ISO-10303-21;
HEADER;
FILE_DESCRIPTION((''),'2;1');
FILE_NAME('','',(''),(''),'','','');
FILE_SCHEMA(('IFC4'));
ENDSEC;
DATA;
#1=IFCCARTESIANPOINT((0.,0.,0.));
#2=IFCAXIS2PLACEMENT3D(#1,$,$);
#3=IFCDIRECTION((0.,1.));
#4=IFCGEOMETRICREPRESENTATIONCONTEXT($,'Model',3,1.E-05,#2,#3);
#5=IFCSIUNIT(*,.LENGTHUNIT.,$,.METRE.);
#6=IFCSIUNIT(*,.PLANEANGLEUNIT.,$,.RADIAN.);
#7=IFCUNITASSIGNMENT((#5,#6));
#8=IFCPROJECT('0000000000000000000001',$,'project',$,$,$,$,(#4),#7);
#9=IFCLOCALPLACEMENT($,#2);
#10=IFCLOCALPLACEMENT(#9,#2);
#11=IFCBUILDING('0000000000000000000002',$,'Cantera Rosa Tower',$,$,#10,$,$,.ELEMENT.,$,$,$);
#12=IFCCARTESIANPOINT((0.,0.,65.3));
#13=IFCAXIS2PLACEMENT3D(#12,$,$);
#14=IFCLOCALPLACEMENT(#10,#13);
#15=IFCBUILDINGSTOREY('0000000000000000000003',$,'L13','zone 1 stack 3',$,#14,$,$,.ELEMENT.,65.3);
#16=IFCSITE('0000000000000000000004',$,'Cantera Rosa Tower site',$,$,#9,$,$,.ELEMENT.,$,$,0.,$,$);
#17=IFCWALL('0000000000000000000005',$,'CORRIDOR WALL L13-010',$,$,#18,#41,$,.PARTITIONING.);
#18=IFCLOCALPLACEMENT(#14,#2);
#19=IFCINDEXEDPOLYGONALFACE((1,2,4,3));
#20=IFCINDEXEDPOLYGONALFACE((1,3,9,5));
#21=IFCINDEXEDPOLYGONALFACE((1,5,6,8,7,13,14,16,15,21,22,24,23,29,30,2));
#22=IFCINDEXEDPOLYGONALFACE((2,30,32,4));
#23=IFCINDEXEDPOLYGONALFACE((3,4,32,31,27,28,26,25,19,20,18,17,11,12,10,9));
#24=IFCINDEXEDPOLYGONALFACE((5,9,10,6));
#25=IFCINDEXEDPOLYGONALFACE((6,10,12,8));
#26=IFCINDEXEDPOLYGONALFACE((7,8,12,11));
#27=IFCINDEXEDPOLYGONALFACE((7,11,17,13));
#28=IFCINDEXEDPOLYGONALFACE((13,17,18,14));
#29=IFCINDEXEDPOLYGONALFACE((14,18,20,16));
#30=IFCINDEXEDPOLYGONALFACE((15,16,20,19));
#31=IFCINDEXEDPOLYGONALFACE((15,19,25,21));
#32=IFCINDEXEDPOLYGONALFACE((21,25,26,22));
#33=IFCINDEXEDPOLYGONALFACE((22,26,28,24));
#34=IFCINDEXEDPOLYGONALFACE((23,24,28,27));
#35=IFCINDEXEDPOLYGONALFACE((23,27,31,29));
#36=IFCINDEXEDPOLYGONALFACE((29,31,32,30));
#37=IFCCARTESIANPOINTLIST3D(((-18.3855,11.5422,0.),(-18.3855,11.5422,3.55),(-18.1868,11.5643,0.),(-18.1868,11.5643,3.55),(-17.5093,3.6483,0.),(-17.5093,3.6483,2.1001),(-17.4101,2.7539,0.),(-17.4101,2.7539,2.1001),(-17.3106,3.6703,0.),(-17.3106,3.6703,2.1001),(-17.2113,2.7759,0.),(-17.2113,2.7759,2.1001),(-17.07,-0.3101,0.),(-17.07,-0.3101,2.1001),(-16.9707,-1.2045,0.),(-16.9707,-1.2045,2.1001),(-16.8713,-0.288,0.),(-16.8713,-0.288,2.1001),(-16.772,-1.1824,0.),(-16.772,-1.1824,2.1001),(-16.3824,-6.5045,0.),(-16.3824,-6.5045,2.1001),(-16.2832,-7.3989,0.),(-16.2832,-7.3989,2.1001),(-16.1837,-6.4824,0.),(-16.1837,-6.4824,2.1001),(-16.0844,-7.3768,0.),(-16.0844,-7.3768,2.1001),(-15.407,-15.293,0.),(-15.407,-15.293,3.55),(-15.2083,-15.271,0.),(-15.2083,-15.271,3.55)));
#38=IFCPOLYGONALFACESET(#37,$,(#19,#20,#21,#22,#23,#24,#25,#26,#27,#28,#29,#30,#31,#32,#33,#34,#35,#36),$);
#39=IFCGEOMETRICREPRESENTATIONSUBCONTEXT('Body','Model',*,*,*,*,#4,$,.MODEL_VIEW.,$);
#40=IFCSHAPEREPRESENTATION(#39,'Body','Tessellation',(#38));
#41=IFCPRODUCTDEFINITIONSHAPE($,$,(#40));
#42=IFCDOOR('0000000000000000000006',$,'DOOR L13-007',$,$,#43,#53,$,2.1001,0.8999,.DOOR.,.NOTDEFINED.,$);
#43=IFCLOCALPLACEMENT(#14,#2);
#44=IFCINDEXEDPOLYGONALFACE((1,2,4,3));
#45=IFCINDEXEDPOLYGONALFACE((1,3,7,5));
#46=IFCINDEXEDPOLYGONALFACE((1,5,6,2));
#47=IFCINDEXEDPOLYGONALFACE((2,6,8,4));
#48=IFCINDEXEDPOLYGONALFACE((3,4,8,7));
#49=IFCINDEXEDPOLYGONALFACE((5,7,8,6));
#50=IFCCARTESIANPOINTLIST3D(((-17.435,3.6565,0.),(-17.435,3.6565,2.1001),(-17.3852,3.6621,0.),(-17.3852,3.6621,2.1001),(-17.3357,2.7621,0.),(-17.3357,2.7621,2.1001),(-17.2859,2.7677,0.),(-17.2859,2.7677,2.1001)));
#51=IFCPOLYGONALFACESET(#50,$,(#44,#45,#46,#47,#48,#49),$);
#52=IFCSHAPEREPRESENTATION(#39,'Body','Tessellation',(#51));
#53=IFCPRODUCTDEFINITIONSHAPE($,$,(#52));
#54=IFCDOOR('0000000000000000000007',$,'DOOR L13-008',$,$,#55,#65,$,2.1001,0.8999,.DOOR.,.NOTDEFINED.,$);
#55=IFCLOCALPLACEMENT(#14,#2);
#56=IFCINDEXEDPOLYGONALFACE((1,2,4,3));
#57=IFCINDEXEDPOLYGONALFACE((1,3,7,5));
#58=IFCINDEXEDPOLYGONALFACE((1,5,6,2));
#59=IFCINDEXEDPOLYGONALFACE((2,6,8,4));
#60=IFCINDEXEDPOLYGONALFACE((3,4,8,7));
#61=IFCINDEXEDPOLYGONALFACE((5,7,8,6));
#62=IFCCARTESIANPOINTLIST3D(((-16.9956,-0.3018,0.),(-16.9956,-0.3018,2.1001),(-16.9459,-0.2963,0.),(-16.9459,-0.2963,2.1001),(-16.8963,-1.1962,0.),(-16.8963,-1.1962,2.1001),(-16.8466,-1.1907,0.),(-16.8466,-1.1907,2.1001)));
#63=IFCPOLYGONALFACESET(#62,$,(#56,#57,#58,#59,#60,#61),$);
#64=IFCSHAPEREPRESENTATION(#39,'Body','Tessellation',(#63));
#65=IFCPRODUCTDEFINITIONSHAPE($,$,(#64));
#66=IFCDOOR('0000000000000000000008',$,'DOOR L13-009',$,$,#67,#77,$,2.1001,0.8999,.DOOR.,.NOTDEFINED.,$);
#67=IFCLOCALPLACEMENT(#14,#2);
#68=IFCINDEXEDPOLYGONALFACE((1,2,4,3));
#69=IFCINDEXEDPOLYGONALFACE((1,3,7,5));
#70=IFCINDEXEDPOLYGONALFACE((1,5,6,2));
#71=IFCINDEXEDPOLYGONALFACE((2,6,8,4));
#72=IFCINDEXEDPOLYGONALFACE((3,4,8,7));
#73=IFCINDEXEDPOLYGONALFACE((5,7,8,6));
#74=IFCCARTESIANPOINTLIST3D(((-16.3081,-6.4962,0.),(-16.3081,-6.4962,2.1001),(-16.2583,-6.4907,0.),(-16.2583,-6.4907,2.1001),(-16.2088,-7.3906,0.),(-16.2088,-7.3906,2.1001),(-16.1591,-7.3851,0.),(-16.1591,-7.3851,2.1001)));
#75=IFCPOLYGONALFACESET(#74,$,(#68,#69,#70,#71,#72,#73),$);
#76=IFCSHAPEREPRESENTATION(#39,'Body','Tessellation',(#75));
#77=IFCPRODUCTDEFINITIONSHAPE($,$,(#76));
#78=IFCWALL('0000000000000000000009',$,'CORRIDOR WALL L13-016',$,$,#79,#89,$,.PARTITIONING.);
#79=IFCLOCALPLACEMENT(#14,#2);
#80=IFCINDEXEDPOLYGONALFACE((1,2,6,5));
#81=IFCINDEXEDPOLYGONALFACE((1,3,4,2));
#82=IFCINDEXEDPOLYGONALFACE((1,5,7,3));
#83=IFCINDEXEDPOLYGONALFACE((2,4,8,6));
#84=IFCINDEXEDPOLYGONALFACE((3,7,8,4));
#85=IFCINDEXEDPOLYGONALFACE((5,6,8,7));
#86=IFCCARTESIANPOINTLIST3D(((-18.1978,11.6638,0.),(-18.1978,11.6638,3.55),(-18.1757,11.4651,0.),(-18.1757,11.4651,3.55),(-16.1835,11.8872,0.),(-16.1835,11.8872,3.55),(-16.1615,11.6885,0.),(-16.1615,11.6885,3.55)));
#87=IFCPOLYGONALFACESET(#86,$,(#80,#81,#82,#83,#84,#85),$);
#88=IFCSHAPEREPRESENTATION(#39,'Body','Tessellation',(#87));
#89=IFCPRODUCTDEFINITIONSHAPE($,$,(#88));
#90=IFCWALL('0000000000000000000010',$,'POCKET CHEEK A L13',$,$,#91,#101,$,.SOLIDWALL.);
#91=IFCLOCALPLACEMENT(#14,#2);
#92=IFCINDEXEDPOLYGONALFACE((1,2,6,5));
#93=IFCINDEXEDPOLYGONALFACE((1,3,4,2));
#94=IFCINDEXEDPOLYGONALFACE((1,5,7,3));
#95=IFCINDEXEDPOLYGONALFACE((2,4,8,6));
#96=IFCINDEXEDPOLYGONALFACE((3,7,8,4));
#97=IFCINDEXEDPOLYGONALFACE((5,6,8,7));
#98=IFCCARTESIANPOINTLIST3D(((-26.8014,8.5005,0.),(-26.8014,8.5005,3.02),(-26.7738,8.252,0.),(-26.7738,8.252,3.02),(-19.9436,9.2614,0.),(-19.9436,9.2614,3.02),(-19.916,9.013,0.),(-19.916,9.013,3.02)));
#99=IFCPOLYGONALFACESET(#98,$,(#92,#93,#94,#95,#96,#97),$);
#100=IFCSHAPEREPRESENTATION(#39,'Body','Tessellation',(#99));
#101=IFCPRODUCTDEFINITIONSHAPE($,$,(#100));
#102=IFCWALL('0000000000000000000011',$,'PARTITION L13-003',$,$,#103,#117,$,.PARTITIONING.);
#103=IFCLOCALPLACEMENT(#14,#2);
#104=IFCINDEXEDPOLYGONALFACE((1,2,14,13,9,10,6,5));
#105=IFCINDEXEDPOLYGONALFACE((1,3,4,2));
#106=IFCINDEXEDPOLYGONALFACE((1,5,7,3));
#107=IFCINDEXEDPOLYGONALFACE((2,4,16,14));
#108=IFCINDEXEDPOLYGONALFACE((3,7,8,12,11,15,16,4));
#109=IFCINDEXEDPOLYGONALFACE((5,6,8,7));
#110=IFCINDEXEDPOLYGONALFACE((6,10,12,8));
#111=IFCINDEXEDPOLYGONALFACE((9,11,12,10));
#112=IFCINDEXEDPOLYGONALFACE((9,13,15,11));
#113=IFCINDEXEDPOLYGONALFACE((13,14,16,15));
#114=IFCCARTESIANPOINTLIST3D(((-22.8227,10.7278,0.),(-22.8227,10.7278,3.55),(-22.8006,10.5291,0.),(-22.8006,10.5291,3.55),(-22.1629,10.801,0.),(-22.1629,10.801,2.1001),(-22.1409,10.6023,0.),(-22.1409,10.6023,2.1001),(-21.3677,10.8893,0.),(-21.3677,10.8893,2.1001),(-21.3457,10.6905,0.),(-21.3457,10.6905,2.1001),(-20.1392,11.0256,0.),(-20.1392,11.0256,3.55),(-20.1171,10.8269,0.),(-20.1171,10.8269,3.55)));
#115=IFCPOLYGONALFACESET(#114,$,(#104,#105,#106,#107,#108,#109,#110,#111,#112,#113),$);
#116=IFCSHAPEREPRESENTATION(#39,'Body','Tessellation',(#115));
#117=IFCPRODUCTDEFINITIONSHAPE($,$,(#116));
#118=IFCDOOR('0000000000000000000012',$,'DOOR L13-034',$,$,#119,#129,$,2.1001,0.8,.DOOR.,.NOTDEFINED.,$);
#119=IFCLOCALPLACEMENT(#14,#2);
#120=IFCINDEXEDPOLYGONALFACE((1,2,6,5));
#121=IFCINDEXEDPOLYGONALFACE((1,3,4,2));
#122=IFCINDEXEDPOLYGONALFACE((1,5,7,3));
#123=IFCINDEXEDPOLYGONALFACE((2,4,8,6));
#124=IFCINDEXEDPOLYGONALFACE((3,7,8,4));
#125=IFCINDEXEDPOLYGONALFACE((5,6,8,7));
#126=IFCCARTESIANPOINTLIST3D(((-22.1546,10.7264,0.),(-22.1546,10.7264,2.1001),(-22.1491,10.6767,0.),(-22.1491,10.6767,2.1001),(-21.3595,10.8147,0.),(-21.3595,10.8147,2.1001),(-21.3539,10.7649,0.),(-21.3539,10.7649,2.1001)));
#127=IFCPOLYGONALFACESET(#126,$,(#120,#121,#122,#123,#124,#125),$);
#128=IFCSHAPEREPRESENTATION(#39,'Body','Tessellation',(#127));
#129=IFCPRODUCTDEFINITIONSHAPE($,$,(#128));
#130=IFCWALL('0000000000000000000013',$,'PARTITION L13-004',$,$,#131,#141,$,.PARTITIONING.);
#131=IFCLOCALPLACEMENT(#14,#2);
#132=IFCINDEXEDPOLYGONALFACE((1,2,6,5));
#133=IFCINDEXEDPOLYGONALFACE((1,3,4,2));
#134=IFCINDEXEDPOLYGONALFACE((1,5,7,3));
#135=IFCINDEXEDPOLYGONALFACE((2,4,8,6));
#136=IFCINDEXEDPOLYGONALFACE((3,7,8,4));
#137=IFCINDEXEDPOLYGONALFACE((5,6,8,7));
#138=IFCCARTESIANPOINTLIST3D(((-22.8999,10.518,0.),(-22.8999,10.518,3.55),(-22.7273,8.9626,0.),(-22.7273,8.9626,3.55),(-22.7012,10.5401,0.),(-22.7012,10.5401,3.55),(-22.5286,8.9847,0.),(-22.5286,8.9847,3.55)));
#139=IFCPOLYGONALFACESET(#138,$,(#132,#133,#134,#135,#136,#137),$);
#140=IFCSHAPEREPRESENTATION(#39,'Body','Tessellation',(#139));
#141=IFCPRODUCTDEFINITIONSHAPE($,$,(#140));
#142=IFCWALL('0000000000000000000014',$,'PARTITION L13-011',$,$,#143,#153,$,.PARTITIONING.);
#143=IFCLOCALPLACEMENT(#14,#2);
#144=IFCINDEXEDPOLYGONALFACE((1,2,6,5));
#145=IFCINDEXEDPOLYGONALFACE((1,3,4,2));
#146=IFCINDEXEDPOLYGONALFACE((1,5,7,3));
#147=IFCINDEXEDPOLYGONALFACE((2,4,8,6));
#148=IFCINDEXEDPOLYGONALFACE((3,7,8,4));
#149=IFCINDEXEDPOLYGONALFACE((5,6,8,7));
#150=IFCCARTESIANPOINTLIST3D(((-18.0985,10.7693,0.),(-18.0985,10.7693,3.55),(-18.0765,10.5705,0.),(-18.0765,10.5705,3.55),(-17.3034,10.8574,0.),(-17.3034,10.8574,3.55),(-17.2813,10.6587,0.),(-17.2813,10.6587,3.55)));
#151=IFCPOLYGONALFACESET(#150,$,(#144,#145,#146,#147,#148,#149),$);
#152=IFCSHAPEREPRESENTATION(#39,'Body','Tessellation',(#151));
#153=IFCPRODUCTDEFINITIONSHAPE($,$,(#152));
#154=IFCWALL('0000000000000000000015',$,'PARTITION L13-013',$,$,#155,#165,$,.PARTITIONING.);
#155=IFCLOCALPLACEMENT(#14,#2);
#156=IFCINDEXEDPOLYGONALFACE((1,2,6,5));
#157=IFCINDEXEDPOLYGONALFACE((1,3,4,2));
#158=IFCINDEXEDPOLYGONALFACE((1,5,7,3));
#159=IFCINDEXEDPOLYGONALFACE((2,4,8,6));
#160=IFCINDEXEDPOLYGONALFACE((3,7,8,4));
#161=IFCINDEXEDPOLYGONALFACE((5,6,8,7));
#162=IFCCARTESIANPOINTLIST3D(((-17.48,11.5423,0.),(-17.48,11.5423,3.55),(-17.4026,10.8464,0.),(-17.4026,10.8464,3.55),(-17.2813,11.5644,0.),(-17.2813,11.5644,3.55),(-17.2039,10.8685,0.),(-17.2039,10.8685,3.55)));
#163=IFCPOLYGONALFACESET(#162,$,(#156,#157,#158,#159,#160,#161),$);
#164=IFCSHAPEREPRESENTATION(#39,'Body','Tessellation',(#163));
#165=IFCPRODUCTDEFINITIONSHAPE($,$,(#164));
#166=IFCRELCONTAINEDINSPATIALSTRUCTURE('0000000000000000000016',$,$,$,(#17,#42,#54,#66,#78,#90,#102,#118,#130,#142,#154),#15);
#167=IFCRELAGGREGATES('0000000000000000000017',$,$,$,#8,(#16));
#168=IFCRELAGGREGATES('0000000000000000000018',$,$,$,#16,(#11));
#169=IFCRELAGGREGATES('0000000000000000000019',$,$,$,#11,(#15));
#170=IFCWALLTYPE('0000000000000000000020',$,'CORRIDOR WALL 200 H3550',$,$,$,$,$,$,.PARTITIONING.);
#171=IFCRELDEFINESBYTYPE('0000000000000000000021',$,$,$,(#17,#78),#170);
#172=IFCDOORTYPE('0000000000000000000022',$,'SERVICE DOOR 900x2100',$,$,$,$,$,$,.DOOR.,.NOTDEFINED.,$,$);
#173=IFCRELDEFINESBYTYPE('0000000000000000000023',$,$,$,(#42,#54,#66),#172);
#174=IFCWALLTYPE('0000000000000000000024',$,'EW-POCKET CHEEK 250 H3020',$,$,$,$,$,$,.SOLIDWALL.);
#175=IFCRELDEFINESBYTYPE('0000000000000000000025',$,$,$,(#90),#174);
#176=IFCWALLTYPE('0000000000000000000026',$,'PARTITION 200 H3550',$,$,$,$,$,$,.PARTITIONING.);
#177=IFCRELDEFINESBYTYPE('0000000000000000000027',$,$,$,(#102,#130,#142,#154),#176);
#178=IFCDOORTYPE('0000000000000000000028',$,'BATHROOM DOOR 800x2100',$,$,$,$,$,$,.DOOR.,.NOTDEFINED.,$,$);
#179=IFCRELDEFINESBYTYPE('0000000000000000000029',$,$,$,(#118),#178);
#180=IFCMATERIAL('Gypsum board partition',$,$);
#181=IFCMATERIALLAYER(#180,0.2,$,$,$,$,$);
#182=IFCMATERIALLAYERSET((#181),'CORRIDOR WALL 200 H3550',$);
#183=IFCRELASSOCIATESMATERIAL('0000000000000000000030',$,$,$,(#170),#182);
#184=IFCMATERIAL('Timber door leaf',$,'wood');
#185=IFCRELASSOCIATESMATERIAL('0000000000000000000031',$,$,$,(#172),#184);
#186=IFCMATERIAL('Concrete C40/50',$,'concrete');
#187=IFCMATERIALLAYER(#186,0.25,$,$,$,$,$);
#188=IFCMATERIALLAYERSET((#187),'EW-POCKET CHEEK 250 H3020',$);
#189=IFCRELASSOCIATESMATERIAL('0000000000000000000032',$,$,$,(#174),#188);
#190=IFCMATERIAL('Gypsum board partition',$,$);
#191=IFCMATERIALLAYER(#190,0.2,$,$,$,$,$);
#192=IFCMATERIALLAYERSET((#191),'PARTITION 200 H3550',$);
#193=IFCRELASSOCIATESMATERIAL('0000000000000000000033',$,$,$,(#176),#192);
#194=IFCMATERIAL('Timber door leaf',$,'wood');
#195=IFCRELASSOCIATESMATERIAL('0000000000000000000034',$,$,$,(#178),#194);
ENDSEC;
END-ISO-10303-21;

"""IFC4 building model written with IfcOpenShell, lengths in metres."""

from ifc_helpers import new_model, si_unit, direction, frame, frame_2d, origin, place, context, subcontext, project, spatial, rectangle, extrude, material, layer, layer_set, type_object, element, fill, save


model = new_model("IFC4")

# Units and contexts
model_context = context("Model", 3, precision=1e-05, world=origin(), true_north=direction((0.0, 1.0)))
body_context = subcontext(model_context, "Body", "Model", "MODEL_VIEW")
ifc_project = project(units=[si_unit("LENGTHUNIT", "METRE"), si_unit("PLANEANGLEUNIT", "RADIAN")], contexts=[model_context])

# Site, building, storey
site_placement = place(None, origin())
site = spatial("IfcSite", under=ifc_project, at=site_placement, Name="Cantera Rosa Tower site", CompositionType="ELEMENT", RefElevation=0.0)
building_placement = place(site_placement, origin())
building = spatial("IfcBuilding", under=site, at=building_placement, Name="Cantera Rosa Tower", CompositionType="ELEMENT")
storey_placement = place(building_placement, frame((0.0, 0.0, 65.3)))
storey = spatial("IfcBuildingStorey", under=building, at=storey_placement, Name="L13", Description="zone 1 stack 3", CompositionType="ELEMENT", Elevation=65.3)

# Wall, openings, doors
ifc_material_1 = material(Name="Gypsum board partition")
ifc_layer_1 = layer(ifc_material_1, 0.2)
ifc_layer_set_1 = layer_set([ifc_layer_1], Name="CORRIDOR WALL 200 H3550")
wall_type_1 = type_object("IfcWallType", Name="CORRIDOR WALL 200 H3550", PredefinedType="PARTITIONING", material=ifc_layer_set_1)
wall_1_placement = place(storey_placement, frame((-18.2861, 11.5532, 0.0), z_axis=(0.0, 0.0, 1.0), x_axis=(0.110315, -0.993897, 0.0)))
wall_1 = element("IfcWall", 1, at=wall_1_placement, inside=storey, type_object=wall_type_1, Name="CORRIDOR WALL L13-010", PredefinedType="PARTITIONING", context=body_context, shape_type="SweptSolid", body=[
    extrude(rectangle(XDim=27.0, YDim=0.2, at=frame_2d((13.5, 0.0))), origin(), (0.0, 0.0, 1.0), 3.55),
])
opening_1_placement = place(wall_1_placement, frame((7.9424, 0.0, 0.0)))
opening_1 = element("IfcOpeningElement", 2, at=opening_1_placement, cuts=wall_1, PredefinedType="OPENING", context=body_context, shape_type="SweptSolid", body=[
    extrude(rectangle(XDim=0.8999, YDim=2.1001, at=frame_2d((0.45, 1.05))), frame((0.0, 0.1099, 0.0), z_axis=(0.0, -1.0, 0.0), x_axis=(1.0, 0.0, 0.0)), (0.0, 0.0, 1.0), 0.22),
])
opening_2_placement = place(wall_1_placement, frame((11.925, 0.0, 0.0)))
opening_2 = element("IfcOpeningElement", 3, at=opening_2_placement, cuts=wall_1, PredefinedType="OPENING", context=body_context, shape_type="SweptSolid", body=[
    extrude(rectangle(XDim=0.8999, YDim=2.1001, at=frame_2d((0.45, 1.05))), frame((0.0, 0.1099, 0.0), z_axis=(0.0, -1.0, 0.0), x_axis=(1.0, 0.0, 0.0)), (0.0, 0.0, 1.0), 0.22),
])
opening_3_placement = place(wall_1_placement, frame((18.1575, 0.0, 0.0)))
opening_3 = element("IfcOpeningElement", 4, at=opening_3_placement, cuts=wall_1, PredefinedType="OPENING", context=body_context, shape_type="SweptSolid", body=[
    extrude(rectangle(XDim=0.8999, YDim=2.1001, at=frame_2d((0.45, 1.05))), frame((0.0, 0.1099, 0.0), z_axis=(0.0, -1.0, 0.0), x_axis=(1.0, 0.0, 0.0)), (0.0, 0.0, 1.0), 0.22),
])
ifc_material_2 = material(Name="Timber door leaf", Category="wood")
door_type_1 = type_object("IfcDoorType", Name="SERVICE DOOR 900x2100", OperationType="NOTDEFINED", PredefinedType="DOOR", material=ifc_material_2)
door_1_placement = place(opening_1_placement, origin())
door_1 = element("IfcDoor", 5, at=door_1_placement, inside=storey, type_object=door_type_1, Name="DOOR L13-007", OperationType="NOTDEFINED", OverallHeight=2.1001, OverallWidth=0.8999, PredefinedType="DOOR", context=body_context, shape_type="SweptSolid", body=[
    extrude(rectangle(XDim=0.8999, YDim=2.1001, at=frame_2d((0.45, 1.05))), frame((0.0, 0.0249, 0.0), z_axis=(0.0, -1.0, 0.0), x_axis=(1.0, 0.0, 0.0)), (0.0, 0.0, 1.0), 0.05),
])
fill(opening_1, door_1)
door_2_placement = place(opening_2_placement, origin())
door_2 = element("IfcDoor", 6, at=door_2_placement, inside=storey, type_object=door_type_1, Name="DOOR L13-008", OperationType="NOTDEFINED", OverallHeight=2.1001, OverallWidth=0.8999, PredefinedType="DOOR", context=body_context, shape_type="SweptSolid", body=[
    extrude(rectangle(XDim=0.8999, YDim=2.1001, at=frame_2d((0.45, 1.05))), frame((0.0, 0.0249, 0.0), z_axis=(0.0, -1.0, 0.0), x_axis=(1.0, 0.0, 0.0)), (0.0, 0.0, 1.0), 0.05),
])
fill(opening_2, door_2)
door_3_placement = place(opening_3_placement, origin())
door_3 = element("IfcDoor", 7, at=door_3_placement, inside=storey, type_object=door_type_1, Name="DOOR L13-009", OperationType="NOTDEFINED", OverallHeight=2.1001, OverallWidth=0.8999, PredefinedType="DOOR", context=body_context, shape_type="SweptSolid", body=[
    extrude(rectangle(XDim=0.8999, YDim=2.1001, at=frame_2d((0.45, 1.05))), frame((0.0, 0.0249, 0.0), z_axis=(0.0, -1.0, 0.0), x_axis=(1.0, 0.0, 0.0)), (0.0, 0.0, 1.0), 0.05),
])
fill(opening_3, door_3)

# Walls
wall_2_placement = place(storey_placement, frame((-16.1726, 11.7878, 0.0), z_axis=(0.0, 0.0, 1.0), x_axis=(-0.993906, -0.110233, 0.0)))
element("IfcWall", 8, at=wall_2_placement, inside=storey, type_object=wall_type_1, Name="CORRIDOR WALL L13-016", PredefinedType="PARTITIONING", context=body_context, shape_type="SweptSolid", body=[
    extrude(rectangle(XDim=2.0266, YDim=0.2, at=frame_2d((1.0132, 0.0))), origin(), (0.0, 0.0, 1.0), 3.55),
])
ifc_material_3 = material(Name="Concrete C40/50", Category="concrete")
ifc_layer_2 = layer(ifc_material_3, 0.25)
ifc_layer_set_2 = layer_set([ifc_layer_2], Name="EW-POCKET CHEEK 250 H3020")
wall_type_2 = type_object("IfcWallType", Name="EW-POCKET CHEEK 250 H3020", PredefinedType="SOLIDWALL", material=ifc_layer_set_2)
wall_3_placement = place(storey_placement, frame((-26.7876, 8.3762, 0.0), z_axis=(0.0, 0.0, 1.0), x_axis=(0.9939, 0.110288, 0.0)))
element("IfcWall", 9, at=wall_3_placement, inside=storey, type_object=wall_type_2, Name="POCKET CHEEK A L13", PredefinedType="SOLIDWALL", context=body_context, shape_type="SweptSolid", body=[
    extrude(rectangle(XDim=6.8999, YDim=0.25, at=frame_2d((3.45, 0.0))), origin(), (0.0, 0.0, 1.0), 3.02),
])

# Wall, opening, door
ifc_material_4 = material(Name="Gypsum board partition")
ifc_layer_3 = layer(ifc_material_4, 0.2)
ifc_layer_set_3 = layer_set([ifc_layer_3], Name="PARTITION 200 H3550")
wall_type_3 = type_object("IfcWallType", Name="PARTITION 200 H3550", PredefinedType="PARTITIONING", material=ifc_layer_set_3)
wall_4_placement = place(storey_placement, frame((-22.8118, 10.6284, 0.0), z_axis=(0.0, 0.0, 1.0), x_axis=(0.993897, 0.110312, 0.0)))
wall_4 = element("IfcWall", 10, at=wall_4_placement, inside=storey, type_object=wall_type_3, Name="PARTITION L13-003", PredefinedType="PARTITIONING", context=body_context, shape_type="SweptSolid", body=[
    extrude(rectangle(XDim=2.7, YDim=0.2, at=frame_2d((1.3501, 0.0))), origin(), (0.0, 0.0, 1.0), 3.55),
])
opening_4_placement = place(wall_4_placement, frame((0.6641, 0.0, 0.0)))
opening_4 = element("IfcOpeningElement", 11, at=opening_4_placement, cuts=wall_4, PredefinedType="OPENING", context=body_context, shape_type="SweptSolid", body=[
    extrude(rectangle(XDim=0.8, YDim=2.1001, at=frame_2d((0.3999, 1.05))), frame((0.0, 0.1099, 0.0), z_axis=(0.0, -1.0, 0.0), x_axis=(1.0, 0.0, 0.0)), (0.0, 0.0, 1.0), 0.22),
])
ifc_material_5 = material(Name="Timber door leaf", Category="wood")
door_type_2 = type_object("IfcDoorType", Name="BATHROOM DOOR 800x2100", OperationType="NOTDEFINED", PredefinedType="DOOR", material=ifc_material_5)
door_4_placement = place(opening_4_placement, origin())
door_4 = element("IfcDoor", 12, at=door_4_placement, inside=storey, type_object=door_type_2, Name="DOOR L13-034", OperationType="NOTDEFINED", OverallHeight=2.1001, OverallWidth=0.8, PredefinedType="DOOR", context=body_context, shape_type="SweptSolid", body=[
    extrude(rectangle(XDim=0.8, YDim=2.1001, at=frame_2d((0.3999, 1.05))), frame((0.0, 0.0249, 0.0), z_axis=(0.0, -1.0, 0.0), x_axis=(1.0, 0.0, 0.0)), (0.0, 0.0, 1.0), 0.05),
])
fill(opening_4, door_4)

# Walls
wall_5_placement = place(storey_placement, frame((-22.6279, 8.9736, 0.0), z_axis=(0.0, 0.0, 1.0), x_axis=(-0.110295, 0.993899, 0.0)))
element("IfcWall", 13, at=wall_5_placement, inside=storey, type_object=wall_type_3, Name="PARTITION L13-004", PredefinedType="PARTITIONING", context=body_context, shape_type="SweptSolid", body=[
    extrude(rectangle(XDim=1.5649, YDim=0.2, at=frame_2d((0.7825, 0.0))), origin(), (0.0, 0.0, 1.0), 3.55),
])
wall_6_placement = place(storey_placement, frame((-18.0874, 10.6699, 0.0), z_axis=(0.0, 0.0, 1.0), x_axis=(0.993913, 0.110164, 0.0)))
element("IfcWall", 14, at=wall_6_placement, inside=storey, type_object=wall_type_3, Name="PARTITION L13-011", PredefinedType="PARTITIONING", context=body_context, shape_type="SweptSolid", body=[
    extrude(rectangle(XDim=0.8, YDim=0.2, at=frame_2d((0.3999, 0.0))), origin(), (0.0, 0.0, 1.0), 3.55),
])
wall_7_placement = place(storey_placement, frame((-17.3032, 10.8574, 0.0), z_axis=(0.0, 0.0, 1.0), x_axis=(-0.110546, 0.993871, 0.0)))
element("IfcWall", 15, at=wall_7_placement, inside=storey, type_object=wall_type_3, Name="PARTITION L13-013", PredefinedType="PARTITIONING", context=body_context, shape_type="SweptSolid", body=[
    extrude(rectangle(XDim=0.7002, YDim=0.2, at=frame_2d((0.3501, 0.0))), origin(), (0.0, 0.0, 1.0), 3.55),
])

save(model, "model.ifc")
